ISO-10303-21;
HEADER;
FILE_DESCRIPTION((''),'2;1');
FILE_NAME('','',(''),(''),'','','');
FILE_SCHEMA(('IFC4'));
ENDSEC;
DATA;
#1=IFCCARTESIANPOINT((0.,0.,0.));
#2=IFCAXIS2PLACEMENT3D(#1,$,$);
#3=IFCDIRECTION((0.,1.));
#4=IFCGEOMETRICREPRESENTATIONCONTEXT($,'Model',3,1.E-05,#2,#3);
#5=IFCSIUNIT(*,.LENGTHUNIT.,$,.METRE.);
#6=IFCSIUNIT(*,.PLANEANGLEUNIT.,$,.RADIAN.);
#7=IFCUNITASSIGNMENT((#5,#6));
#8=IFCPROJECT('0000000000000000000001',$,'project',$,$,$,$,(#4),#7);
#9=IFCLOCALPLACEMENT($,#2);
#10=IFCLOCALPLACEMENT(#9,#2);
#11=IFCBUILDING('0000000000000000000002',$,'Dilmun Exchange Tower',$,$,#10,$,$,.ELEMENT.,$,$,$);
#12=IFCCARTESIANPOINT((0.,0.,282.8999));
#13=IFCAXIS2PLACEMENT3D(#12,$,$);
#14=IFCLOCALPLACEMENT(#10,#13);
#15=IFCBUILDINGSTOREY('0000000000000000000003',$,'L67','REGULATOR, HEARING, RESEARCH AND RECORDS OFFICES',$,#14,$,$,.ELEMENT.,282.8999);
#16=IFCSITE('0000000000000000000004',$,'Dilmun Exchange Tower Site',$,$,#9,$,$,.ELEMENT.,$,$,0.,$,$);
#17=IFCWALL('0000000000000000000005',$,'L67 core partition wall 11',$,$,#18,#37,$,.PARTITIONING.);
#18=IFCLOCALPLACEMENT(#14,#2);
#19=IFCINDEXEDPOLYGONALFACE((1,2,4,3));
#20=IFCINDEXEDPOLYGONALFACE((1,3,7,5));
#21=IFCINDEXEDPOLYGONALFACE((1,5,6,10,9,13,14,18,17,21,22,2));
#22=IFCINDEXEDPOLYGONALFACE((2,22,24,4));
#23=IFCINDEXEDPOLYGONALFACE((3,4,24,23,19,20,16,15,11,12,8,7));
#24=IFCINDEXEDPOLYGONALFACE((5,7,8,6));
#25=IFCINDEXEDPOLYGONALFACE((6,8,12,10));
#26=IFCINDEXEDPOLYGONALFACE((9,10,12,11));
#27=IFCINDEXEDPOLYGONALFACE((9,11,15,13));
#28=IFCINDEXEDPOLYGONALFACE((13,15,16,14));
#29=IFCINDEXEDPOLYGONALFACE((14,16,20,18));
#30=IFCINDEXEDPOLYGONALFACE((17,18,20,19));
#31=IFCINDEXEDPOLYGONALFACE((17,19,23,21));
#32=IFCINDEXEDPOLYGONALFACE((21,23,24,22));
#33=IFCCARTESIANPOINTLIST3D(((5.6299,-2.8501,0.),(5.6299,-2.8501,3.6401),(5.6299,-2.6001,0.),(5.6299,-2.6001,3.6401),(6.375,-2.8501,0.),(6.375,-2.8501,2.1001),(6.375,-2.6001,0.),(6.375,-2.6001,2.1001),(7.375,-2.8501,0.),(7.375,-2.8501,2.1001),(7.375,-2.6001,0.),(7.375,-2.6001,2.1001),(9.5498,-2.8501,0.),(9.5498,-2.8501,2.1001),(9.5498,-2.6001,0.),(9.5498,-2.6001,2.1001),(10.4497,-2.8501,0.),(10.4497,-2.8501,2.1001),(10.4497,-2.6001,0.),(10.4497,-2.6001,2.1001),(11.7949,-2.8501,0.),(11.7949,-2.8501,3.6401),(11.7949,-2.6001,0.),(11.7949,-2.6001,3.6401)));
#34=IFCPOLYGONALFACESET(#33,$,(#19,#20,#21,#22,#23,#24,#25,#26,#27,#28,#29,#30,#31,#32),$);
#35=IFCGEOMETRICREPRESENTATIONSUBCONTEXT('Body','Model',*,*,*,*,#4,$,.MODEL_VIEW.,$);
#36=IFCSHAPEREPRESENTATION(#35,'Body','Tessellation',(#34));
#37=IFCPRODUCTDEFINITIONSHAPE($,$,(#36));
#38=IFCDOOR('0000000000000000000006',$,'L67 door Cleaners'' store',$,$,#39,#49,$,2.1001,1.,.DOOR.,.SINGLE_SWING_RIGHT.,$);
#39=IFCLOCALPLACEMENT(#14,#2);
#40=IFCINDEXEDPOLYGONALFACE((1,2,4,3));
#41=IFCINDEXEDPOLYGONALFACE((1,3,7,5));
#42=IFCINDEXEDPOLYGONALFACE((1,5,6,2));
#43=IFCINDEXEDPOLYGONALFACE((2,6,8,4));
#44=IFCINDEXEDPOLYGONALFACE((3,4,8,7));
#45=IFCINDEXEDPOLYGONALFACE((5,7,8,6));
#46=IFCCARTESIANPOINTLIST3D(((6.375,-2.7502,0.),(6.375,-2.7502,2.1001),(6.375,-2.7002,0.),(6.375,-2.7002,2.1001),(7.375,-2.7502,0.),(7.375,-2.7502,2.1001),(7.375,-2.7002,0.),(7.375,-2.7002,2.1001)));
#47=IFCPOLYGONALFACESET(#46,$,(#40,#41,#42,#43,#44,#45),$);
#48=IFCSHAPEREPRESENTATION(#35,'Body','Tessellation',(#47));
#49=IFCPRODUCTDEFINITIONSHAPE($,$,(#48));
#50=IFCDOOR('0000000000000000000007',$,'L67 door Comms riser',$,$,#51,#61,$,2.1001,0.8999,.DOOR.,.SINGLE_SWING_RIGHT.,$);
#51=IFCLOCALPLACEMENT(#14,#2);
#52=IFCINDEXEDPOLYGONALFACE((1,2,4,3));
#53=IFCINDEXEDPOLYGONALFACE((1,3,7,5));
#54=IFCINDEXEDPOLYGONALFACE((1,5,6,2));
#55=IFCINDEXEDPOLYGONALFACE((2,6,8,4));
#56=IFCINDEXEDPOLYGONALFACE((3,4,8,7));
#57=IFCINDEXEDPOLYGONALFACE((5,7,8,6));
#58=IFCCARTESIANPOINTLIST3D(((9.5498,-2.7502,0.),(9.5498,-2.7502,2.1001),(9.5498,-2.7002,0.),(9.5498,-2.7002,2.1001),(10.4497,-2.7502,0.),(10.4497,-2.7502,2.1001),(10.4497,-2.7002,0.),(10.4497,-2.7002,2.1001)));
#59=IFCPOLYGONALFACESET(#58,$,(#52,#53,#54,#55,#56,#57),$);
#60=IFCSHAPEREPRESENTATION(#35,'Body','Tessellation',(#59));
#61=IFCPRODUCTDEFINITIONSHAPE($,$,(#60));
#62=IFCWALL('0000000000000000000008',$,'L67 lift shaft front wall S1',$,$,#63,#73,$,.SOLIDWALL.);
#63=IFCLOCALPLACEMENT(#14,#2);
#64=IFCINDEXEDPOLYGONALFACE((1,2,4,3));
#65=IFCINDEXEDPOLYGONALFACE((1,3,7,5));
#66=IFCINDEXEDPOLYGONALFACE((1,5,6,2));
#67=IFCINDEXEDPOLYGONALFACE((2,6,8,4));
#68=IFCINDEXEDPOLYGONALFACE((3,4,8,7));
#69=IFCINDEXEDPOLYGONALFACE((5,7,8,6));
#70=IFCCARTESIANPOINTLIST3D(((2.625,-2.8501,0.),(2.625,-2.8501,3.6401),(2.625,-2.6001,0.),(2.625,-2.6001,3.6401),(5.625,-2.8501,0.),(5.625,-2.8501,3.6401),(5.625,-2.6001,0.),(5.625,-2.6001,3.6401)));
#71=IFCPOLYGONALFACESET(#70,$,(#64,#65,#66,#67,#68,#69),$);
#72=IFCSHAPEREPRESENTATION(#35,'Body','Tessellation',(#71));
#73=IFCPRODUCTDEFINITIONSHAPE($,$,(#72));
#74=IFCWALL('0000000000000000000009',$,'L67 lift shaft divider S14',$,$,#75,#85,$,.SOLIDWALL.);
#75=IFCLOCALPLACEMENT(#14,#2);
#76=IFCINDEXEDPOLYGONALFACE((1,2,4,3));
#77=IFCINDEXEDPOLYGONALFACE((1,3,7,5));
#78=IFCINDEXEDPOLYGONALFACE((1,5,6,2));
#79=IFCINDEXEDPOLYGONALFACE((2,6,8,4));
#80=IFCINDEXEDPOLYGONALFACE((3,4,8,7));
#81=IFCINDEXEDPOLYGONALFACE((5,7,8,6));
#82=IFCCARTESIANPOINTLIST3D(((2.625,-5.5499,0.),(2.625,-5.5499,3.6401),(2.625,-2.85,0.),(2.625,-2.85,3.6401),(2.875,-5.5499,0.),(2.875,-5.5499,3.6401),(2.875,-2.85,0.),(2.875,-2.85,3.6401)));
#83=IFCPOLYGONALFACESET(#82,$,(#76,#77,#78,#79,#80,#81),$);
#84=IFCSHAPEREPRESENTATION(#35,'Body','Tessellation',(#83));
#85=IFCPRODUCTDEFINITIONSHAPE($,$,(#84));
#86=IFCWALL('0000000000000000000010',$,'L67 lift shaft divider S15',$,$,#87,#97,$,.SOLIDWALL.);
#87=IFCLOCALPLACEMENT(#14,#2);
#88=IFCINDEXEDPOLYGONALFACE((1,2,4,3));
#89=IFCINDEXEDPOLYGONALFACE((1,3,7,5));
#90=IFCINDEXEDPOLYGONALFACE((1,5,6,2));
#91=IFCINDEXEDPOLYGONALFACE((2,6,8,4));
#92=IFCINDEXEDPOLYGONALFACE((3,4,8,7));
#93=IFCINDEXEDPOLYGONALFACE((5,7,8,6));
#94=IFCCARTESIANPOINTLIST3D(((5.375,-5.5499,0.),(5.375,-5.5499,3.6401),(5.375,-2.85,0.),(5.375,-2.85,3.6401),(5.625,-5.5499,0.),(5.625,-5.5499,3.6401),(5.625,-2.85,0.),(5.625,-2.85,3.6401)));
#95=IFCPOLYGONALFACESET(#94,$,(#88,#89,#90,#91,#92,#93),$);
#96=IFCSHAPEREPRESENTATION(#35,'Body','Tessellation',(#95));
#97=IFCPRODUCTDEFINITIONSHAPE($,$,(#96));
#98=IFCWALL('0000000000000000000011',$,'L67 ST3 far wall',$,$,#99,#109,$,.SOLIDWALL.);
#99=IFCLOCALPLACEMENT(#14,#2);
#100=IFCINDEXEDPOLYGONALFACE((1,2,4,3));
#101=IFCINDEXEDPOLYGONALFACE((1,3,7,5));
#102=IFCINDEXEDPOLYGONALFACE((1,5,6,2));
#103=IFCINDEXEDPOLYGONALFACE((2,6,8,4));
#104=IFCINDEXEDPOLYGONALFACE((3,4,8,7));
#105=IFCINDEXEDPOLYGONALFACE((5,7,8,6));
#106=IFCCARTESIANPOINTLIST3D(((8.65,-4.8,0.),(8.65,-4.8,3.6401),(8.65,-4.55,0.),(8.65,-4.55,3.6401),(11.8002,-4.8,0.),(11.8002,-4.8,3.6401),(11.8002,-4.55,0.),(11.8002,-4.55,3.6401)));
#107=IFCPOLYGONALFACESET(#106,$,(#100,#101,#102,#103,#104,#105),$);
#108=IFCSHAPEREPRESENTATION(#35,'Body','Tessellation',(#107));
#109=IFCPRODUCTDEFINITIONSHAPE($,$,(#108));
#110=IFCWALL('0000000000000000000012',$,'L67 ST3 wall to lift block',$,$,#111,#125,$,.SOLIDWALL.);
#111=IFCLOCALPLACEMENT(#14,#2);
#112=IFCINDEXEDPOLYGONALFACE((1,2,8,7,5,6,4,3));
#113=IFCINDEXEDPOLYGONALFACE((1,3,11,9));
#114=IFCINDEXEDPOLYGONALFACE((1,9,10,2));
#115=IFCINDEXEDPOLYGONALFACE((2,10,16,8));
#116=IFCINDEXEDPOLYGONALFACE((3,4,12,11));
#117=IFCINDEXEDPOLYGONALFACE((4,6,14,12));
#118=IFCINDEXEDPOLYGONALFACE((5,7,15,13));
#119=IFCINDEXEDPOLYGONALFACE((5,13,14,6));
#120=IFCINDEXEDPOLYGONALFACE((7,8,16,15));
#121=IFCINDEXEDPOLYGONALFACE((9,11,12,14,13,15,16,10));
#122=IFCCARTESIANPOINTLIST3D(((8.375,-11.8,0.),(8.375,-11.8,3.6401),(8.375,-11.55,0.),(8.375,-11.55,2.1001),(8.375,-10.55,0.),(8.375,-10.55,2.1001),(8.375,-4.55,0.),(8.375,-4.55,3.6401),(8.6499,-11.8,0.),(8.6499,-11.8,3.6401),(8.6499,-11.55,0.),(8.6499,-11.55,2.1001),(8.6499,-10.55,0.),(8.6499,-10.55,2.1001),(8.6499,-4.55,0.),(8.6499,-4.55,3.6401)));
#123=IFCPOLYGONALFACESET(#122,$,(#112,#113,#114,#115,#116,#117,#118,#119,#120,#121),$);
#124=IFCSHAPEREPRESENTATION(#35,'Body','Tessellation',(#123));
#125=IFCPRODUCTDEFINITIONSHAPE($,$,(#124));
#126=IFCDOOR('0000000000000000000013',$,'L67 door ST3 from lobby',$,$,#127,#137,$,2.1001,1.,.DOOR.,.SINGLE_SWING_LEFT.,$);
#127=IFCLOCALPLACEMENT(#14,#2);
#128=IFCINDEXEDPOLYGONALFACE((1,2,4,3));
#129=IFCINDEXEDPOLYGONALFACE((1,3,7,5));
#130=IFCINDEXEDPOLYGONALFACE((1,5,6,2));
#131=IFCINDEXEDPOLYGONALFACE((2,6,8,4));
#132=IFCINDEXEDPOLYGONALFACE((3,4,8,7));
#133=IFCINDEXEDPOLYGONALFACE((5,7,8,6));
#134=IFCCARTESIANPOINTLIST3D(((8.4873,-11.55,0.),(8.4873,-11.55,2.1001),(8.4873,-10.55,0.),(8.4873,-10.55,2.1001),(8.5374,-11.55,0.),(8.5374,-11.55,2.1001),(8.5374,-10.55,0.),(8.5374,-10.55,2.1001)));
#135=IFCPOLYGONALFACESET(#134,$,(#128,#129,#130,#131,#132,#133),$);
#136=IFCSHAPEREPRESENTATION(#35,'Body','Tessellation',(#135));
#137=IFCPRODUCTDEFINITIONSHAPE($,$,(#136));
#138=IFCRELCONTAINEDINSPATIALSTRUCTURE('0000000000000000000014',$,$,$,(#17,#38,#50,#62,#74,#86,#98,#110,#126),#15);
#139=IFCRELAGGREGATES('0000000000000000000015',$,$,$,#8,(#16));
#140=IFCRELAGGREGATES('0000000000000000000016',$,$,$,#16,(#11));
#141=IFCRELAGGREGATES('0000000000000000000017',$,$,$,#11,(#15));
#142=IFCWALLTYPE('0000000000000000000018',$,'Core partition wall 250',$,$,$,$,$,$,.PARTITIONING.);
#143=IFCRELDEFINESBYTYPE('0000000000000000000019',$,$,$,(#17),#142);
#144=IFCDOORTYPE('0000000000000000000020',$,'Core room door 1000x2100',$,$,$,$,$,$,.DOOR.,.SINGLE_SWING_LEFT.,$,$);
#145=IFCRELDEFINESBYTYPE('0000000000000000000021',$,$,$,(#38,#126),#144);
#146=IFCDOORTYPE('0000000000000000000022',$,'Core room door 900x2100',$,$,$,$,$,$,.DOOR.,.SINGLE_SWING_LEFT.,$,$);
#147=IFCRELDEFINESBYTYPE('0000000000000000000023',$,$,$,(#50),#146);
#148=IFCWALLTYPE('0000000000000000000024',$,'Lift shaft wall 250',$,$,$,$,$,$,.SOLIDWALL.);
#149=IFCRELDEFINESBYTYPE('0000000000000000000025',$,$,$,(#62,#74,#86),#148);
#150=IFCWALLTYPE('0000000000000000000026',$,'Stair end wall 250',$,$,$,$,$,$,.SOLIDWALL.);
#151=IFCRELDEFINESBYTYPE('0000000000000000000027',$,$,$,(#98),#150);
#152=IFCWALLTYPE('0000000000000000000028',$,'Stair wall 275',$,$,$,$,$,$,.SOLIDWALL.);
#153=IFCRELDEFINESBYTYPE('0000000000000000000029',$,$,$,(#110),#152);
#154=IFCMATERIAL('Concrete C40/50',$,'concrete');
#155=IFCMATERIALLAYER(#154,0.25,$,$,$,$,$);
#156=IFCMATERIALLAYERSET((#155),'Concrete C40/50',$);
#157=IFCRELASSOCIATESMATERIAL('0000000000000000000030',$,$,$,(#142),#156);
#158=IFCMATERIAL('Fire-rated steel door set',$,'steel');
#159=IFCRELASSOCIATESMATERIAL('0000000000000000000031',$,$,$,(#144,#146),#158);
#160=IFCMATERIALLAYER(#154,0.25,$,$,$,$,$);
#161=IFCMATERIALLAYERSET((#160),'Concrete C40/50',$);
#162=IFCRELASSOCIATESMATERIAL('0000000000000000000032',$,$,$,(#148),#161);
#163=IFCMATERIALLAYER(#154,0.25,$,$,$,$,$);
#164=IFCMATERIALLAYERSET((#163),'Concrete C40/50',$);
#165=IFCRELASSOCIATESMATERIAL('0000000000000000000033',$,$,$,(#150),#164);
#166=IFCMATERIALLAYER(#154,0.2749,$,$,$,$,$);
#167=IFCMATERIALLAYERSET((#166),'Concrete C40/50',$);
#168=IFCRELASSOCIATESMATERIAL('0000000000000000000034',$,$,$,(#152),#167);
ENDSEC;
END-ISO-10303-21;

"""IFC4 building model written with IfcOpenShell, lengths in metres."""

from ifc_helpers import new_model, si_unit, direction, frame, frame_2d, origin, place, context, subcontext, project, spatial, rectangle, extrude, material, layer, layer_set, type_object, element, fill, save


model = new_model("IFC4")

# Units and contexts
model_context = context("Model", 3, precision=1e-05, world=origin(), true_north=direction((0.0, 1.0)))
body_context = subcontext(model_context, "Body", "Model", "MODEL_VIEW")
ifc_project = project(units=[si_unit("LENGTHUNIT", "METRE"), si_unit("PLANEANGLEUNIT", "RADIAN")], contexts=[model_context])

# Site, building, storey
site_placement = place(None, origin())
site = spatial("IfcSite", under=ifc_project, at=site_placement, Name="Dilmun Exchange Tower Site", CompositionType="ELEMENT", RefElevation=0.0)
building_placement = place(site_placement, origin())
building = spatial("IfcBuilding", under=site, at=building_placement, Name="Dilmun Exchange Tower", CompositionType="ELEMENT")
storey_placement = place(building_placement, frame((0.0, 0.0, 282.8999)))
storey = spatial("IfcBuildingStorey", under=building, at=storey_placement, Name="L67", Description="REGULATOR, HEARING, RESEARCH AND RECORDS OFFICES", CompositionType="ELEMENT", Elevation=282.8999)

# Shared definitions
ifc_material_1 = material(Name="Concrete C40/50", Category="concrete")

# Shared definitions
ifc_material_2 = material(Name="Fire-rated steel door set", Category="steel")

# Shared definitions
ifc_layer_1 = layer(ifc_material_1, 0.25)
ifc_layer_set_1 = layer_set([ifc_layer_1], Name="Concrete C40/50")
wall_type_1 = type_object("IfcWallType", Name="Core partition wall 250", PredefinedType="PARTITIONING", material=ifc_layer_set_1)

# Wall, openings, doors
wall_1_placement = place(storey_placement, frame((5.6299, -2.7251, 0.0), z_axis=(0.0, 0.0, 1.0), x_axis=(1.0, 0.0, 0.0)))
wall_1 = element("IfcWall", 1, at=wall_1_placement, inside=storey, type_object=wall_type_1, Name="L67 core partition wall 11", PredefinedType="PARTITIONING", context=body_context, shape_type="SweptSolid", body=[
    extrude(rectangle(XDim=6.165, YDim=0.25, at=frame_2d((3.0825, 0.0))), origin(), (0.0, 0.0, 1.0), 3.6401),
])
opening_1_placement = place(wall_1_placement, frame((0.7451, 0.0, 0.0)))
opening_1 = element("IfcOpeningElement", 2, at=opening_1_placement, cuts=wall_1, PredefinedType="OPENING", context=body_context, shape_type="SweptSolid", body=[
    extrude(rectangle(XDim=1.0, YDim=2.1001, at=frame_2d((0.5, 1.05))), frame((0.0, 0.135, 0.0), z_axis=(0.0, -1.0, 0.0), x_axis=(1.0, 0.0, 0.0)), (0.0, 0.0, 1.0), 0.27),
])
opening_2_placement = place(wall_1_placement, frame((3.9199, 0.0, 0.0)))
opening_2 = element("IfcOpeningElement", 3, at=opening_2_placement, cuts=wall_1, PredefinedType="OPENING", context=body_context, shape_type="SweptSolid", body=[
    extrude(rectangle(XDim=0.8999, YDim=2.1001, at=frame_2d((0.45, 1.05))), frame((0.0, 0.135, 0.0), z_axis=(0.0, -1.0, 0.0), x_axis=(1.0, 0.0, 0.0)), (0.0, 0.0, 1.0), 0.27),
])
door_type_1 = type_object("IfcDoorType", Name="Core room door 1000x2100", OperationType="SINGLE_SWING_LEFT", PredefinedType="DOOR", material=ifc_material_2)
door_1_placement = place(opening_1_placement, origin())
door_1 = element("IfcDoor", 4, at=door_1_placement, inside=storey, type_object=door_type_1, Name="L67 door Cleaners' store", OperationType="SINGLE_SWING_RIGHT", OverallHeight=2.1001, OverallWidth=1.0, PredefinedType="DOOR", context=body_context, shape_type="SweptSolid", body=[
    extrude(rectangle(XDim=1.0, YDim=2.1001, at=frame_2d((0.5, 1.05))), frame((0.0, 0.0249, 0.0), z_axis=(0.0, -1.0, 0.0), x_axis=(1.0, 0.0, 0.0)), (0.0, 0.0, 1.0), 0.05),
])
fill(opening_1, door_1)
door_type_2 = type_object("IfcDoorType", Name="Core room door 900x2100", OperationType="SINGLE_SWING_LEFT", PredefinedType="DOOR", material=ifc_material_2)
door_2_placement = place(opening_2_placement, origin())
door_2 = element("IfcDoor", 5, at=door_2_placement, inside=storey, type_object=door_type_2, Name="L67 door Comms riser", OperationType="SINGLE_SWING_RIGHT", OverallHeight=2.1001, OverallWidth=0.8999, PredefinedType="DOOR", context=body_context, shape_type="SweptSolid", body=[
    extrude(rectangle(XDim=0.8999, YDim=2.1001, at=frame_2d((0.45, 1.05))), frame((0.0, 0.0249, 0.0), z_axis=(0.0, -1.0, 0.0), x_axis=(1.0, 0.0, 0.0)), (0.0, 0.0, 1.0), 0.05),
])
fill(opening_2, door_2)

# Walls
ifc_layer_2 = layer(ifc_material_1, 0.25)
ifc_layer_set_2 = layer_set([ifc_layer_2], Name="Concrete C40/50")
wall_type_2 = type_object("IfcWallType", Name="Lift shaft wall 250", PredefinedType="SOLIDWALL", material=ifc_layer_set_2)
wall_2_placement = place(storey_placement, frame((2.625, -2.7251, 0.0), z_axis=(0.0, 0.0, 1.0), x_axis=(1.0, 0.0, 0.0)))
element("IfcWall", 6, at=wall_2_placement, inside=storey, type_object=wall_type_2, Name="L67 lift shaft front wall S1", PredefinedType="SOLIDWALL", context=body_context, shape_type="SweptSolid", body=[
    extrude(rectangle(XDim=3.0, YDim=0.25, at=frame_2d((1.5, 0.0))), origin(), (0.0, 0.0, 1.0), 3.6401),
])
for number, where, z_axis, x_axis, name in (
    (7, (2.75, -5.55, 0.0), (0.0, 0.0, 1.0), (0.0, 1.0, 0.0), "L67 lift shaft divider S14"),
    (8, (5.5, -5.55, 0.0), (0.0, 0.0, 1.0), (0.0, 1.0, 0.0), "L67 lift shaft divider S15"),
):
    element("IfcWall", number, at=place(storey_placement, frame(where, z_axis=z_axis, x_axis=x_axis)), inside=storey, type_object=wall_type_2, Name=name, PredefinedType="SOLIDWALL", context=body_context, shape_type="SweptSolid", body=[
        extrude(rectangle(XDim=2.7, YDim=0.25, at=frame_2d((1.3501, 0.0))), origin(), (0.0, 0.0, 1.0), 3.6401),
    ])
ifc_layer_3 = layer(ifc_material_1, 0.25)
ifc_layer_set_3 = layer_set([ifc_layer_3], Name="Concrete C40/50")
wall_type_3 = type_object("IfcWallType", Name="Stair end wall 250", PredefinedType="SOLIDWALL", material=ifc_layer_set_3)
wall_3_placement = place(storey_placement, frame((8.6499, -4.675, 0.0), z_axis=(0.0, 0.0, 1.0), x_axis=(1.0, 0.0, 0.0)))
element("IfcWall", 9, at=wall_3_placement, inside=storey, type_object=wall_type_3, Name="L67 ST3 far wall", PredefinedType="SOLIDWALL", context=body_context, shape_type="SweptSolid", body=[
    extrude(rectangle(XDim=3.1501, YDim=0.25, at=frame_2d((1.5752, 0.0))), origin(), (0.0, 0.0, 1.0), 3.6401),
])

# Wall, opening, door
ifc_layer_4 = layer(ifc_material_1, 0.2749)
ifc_layer_set_4 = layer_set([ifc_layer_4], Name="Concrete C40/50")
wall_type_4 = type_object("IfcWallType", Name="Stair wall 275", PredefinedType="SOLIDWALL", material=ifc_layer_set_4)
wall_4_placement = place(storey_placement, frame((8.5125, -4.55, 0.0), z_axis=(0.0, 0.0, 1.0), x_axis=(0.0, -1.0, 0.0)))
wall_4 = element("IfcWall", 10, at=wall_4_placement, inside=storey, type_object=wall_type_4, Name="L67 ST3 wall to lift block", PredefinedType="SOLIDWALL", context=body_context, shape_type="SweptSolid", body=[
    extrude(rectangle(XDim=7.25, YDim=0.2749, at=frame_2d((3.625, 0.0))), origin(), (0.0, 0.0, 1.0), 3.6401),
])
opening_3_placement = place(wall_4_placement, frame((6.0, 0.0, 0.0)))
opening_3 = element("IfcOpeningElement", 11, at=opening_3_placement, cuts=wall_4, PredefinedType="OPENING", context=body_context, shape_type="SweptSolid", body=[
    extrude(rectangle(XDim=1.0, YDim=2.1001, at=frame_2d((0.5, 1.05))), frame((0.0, 0.1475, 0.0), z_axis=(0.0, -1.0, 0.0), x_axis=(1.0, 0.0, 0.0)), (0.0, 0.0, 1.0), 0.2949),
])
door_3_placement = place(opening_3_placement, origin())
door_3 = element("IfcDoor", 12, at=door_3_placement, inside=storey, type_object=door_type_1, Name="L67 door ST3 from lobby", OperationType="SINGLE_SWING_LEFT", OverallHeight=2.1001, OverallWidth=1.0, PredefinedType="DOOR", context=body_context, shape_type="SweptSolid", body=[
    extrude(rectangle(XDim=1.0, YDim=2.1001, at=frame_2d((0.5, 1.05))), frame((0.0, 0.0249, 0.0), z_axis=(0.0, -1.0, 0.0), x_axis=(1.0, 0.0, 0.0)), (0.0, 0.0, 1.0), 0.05),
])
fill(opening_3, door_3)

save(model, "model.ifc")
